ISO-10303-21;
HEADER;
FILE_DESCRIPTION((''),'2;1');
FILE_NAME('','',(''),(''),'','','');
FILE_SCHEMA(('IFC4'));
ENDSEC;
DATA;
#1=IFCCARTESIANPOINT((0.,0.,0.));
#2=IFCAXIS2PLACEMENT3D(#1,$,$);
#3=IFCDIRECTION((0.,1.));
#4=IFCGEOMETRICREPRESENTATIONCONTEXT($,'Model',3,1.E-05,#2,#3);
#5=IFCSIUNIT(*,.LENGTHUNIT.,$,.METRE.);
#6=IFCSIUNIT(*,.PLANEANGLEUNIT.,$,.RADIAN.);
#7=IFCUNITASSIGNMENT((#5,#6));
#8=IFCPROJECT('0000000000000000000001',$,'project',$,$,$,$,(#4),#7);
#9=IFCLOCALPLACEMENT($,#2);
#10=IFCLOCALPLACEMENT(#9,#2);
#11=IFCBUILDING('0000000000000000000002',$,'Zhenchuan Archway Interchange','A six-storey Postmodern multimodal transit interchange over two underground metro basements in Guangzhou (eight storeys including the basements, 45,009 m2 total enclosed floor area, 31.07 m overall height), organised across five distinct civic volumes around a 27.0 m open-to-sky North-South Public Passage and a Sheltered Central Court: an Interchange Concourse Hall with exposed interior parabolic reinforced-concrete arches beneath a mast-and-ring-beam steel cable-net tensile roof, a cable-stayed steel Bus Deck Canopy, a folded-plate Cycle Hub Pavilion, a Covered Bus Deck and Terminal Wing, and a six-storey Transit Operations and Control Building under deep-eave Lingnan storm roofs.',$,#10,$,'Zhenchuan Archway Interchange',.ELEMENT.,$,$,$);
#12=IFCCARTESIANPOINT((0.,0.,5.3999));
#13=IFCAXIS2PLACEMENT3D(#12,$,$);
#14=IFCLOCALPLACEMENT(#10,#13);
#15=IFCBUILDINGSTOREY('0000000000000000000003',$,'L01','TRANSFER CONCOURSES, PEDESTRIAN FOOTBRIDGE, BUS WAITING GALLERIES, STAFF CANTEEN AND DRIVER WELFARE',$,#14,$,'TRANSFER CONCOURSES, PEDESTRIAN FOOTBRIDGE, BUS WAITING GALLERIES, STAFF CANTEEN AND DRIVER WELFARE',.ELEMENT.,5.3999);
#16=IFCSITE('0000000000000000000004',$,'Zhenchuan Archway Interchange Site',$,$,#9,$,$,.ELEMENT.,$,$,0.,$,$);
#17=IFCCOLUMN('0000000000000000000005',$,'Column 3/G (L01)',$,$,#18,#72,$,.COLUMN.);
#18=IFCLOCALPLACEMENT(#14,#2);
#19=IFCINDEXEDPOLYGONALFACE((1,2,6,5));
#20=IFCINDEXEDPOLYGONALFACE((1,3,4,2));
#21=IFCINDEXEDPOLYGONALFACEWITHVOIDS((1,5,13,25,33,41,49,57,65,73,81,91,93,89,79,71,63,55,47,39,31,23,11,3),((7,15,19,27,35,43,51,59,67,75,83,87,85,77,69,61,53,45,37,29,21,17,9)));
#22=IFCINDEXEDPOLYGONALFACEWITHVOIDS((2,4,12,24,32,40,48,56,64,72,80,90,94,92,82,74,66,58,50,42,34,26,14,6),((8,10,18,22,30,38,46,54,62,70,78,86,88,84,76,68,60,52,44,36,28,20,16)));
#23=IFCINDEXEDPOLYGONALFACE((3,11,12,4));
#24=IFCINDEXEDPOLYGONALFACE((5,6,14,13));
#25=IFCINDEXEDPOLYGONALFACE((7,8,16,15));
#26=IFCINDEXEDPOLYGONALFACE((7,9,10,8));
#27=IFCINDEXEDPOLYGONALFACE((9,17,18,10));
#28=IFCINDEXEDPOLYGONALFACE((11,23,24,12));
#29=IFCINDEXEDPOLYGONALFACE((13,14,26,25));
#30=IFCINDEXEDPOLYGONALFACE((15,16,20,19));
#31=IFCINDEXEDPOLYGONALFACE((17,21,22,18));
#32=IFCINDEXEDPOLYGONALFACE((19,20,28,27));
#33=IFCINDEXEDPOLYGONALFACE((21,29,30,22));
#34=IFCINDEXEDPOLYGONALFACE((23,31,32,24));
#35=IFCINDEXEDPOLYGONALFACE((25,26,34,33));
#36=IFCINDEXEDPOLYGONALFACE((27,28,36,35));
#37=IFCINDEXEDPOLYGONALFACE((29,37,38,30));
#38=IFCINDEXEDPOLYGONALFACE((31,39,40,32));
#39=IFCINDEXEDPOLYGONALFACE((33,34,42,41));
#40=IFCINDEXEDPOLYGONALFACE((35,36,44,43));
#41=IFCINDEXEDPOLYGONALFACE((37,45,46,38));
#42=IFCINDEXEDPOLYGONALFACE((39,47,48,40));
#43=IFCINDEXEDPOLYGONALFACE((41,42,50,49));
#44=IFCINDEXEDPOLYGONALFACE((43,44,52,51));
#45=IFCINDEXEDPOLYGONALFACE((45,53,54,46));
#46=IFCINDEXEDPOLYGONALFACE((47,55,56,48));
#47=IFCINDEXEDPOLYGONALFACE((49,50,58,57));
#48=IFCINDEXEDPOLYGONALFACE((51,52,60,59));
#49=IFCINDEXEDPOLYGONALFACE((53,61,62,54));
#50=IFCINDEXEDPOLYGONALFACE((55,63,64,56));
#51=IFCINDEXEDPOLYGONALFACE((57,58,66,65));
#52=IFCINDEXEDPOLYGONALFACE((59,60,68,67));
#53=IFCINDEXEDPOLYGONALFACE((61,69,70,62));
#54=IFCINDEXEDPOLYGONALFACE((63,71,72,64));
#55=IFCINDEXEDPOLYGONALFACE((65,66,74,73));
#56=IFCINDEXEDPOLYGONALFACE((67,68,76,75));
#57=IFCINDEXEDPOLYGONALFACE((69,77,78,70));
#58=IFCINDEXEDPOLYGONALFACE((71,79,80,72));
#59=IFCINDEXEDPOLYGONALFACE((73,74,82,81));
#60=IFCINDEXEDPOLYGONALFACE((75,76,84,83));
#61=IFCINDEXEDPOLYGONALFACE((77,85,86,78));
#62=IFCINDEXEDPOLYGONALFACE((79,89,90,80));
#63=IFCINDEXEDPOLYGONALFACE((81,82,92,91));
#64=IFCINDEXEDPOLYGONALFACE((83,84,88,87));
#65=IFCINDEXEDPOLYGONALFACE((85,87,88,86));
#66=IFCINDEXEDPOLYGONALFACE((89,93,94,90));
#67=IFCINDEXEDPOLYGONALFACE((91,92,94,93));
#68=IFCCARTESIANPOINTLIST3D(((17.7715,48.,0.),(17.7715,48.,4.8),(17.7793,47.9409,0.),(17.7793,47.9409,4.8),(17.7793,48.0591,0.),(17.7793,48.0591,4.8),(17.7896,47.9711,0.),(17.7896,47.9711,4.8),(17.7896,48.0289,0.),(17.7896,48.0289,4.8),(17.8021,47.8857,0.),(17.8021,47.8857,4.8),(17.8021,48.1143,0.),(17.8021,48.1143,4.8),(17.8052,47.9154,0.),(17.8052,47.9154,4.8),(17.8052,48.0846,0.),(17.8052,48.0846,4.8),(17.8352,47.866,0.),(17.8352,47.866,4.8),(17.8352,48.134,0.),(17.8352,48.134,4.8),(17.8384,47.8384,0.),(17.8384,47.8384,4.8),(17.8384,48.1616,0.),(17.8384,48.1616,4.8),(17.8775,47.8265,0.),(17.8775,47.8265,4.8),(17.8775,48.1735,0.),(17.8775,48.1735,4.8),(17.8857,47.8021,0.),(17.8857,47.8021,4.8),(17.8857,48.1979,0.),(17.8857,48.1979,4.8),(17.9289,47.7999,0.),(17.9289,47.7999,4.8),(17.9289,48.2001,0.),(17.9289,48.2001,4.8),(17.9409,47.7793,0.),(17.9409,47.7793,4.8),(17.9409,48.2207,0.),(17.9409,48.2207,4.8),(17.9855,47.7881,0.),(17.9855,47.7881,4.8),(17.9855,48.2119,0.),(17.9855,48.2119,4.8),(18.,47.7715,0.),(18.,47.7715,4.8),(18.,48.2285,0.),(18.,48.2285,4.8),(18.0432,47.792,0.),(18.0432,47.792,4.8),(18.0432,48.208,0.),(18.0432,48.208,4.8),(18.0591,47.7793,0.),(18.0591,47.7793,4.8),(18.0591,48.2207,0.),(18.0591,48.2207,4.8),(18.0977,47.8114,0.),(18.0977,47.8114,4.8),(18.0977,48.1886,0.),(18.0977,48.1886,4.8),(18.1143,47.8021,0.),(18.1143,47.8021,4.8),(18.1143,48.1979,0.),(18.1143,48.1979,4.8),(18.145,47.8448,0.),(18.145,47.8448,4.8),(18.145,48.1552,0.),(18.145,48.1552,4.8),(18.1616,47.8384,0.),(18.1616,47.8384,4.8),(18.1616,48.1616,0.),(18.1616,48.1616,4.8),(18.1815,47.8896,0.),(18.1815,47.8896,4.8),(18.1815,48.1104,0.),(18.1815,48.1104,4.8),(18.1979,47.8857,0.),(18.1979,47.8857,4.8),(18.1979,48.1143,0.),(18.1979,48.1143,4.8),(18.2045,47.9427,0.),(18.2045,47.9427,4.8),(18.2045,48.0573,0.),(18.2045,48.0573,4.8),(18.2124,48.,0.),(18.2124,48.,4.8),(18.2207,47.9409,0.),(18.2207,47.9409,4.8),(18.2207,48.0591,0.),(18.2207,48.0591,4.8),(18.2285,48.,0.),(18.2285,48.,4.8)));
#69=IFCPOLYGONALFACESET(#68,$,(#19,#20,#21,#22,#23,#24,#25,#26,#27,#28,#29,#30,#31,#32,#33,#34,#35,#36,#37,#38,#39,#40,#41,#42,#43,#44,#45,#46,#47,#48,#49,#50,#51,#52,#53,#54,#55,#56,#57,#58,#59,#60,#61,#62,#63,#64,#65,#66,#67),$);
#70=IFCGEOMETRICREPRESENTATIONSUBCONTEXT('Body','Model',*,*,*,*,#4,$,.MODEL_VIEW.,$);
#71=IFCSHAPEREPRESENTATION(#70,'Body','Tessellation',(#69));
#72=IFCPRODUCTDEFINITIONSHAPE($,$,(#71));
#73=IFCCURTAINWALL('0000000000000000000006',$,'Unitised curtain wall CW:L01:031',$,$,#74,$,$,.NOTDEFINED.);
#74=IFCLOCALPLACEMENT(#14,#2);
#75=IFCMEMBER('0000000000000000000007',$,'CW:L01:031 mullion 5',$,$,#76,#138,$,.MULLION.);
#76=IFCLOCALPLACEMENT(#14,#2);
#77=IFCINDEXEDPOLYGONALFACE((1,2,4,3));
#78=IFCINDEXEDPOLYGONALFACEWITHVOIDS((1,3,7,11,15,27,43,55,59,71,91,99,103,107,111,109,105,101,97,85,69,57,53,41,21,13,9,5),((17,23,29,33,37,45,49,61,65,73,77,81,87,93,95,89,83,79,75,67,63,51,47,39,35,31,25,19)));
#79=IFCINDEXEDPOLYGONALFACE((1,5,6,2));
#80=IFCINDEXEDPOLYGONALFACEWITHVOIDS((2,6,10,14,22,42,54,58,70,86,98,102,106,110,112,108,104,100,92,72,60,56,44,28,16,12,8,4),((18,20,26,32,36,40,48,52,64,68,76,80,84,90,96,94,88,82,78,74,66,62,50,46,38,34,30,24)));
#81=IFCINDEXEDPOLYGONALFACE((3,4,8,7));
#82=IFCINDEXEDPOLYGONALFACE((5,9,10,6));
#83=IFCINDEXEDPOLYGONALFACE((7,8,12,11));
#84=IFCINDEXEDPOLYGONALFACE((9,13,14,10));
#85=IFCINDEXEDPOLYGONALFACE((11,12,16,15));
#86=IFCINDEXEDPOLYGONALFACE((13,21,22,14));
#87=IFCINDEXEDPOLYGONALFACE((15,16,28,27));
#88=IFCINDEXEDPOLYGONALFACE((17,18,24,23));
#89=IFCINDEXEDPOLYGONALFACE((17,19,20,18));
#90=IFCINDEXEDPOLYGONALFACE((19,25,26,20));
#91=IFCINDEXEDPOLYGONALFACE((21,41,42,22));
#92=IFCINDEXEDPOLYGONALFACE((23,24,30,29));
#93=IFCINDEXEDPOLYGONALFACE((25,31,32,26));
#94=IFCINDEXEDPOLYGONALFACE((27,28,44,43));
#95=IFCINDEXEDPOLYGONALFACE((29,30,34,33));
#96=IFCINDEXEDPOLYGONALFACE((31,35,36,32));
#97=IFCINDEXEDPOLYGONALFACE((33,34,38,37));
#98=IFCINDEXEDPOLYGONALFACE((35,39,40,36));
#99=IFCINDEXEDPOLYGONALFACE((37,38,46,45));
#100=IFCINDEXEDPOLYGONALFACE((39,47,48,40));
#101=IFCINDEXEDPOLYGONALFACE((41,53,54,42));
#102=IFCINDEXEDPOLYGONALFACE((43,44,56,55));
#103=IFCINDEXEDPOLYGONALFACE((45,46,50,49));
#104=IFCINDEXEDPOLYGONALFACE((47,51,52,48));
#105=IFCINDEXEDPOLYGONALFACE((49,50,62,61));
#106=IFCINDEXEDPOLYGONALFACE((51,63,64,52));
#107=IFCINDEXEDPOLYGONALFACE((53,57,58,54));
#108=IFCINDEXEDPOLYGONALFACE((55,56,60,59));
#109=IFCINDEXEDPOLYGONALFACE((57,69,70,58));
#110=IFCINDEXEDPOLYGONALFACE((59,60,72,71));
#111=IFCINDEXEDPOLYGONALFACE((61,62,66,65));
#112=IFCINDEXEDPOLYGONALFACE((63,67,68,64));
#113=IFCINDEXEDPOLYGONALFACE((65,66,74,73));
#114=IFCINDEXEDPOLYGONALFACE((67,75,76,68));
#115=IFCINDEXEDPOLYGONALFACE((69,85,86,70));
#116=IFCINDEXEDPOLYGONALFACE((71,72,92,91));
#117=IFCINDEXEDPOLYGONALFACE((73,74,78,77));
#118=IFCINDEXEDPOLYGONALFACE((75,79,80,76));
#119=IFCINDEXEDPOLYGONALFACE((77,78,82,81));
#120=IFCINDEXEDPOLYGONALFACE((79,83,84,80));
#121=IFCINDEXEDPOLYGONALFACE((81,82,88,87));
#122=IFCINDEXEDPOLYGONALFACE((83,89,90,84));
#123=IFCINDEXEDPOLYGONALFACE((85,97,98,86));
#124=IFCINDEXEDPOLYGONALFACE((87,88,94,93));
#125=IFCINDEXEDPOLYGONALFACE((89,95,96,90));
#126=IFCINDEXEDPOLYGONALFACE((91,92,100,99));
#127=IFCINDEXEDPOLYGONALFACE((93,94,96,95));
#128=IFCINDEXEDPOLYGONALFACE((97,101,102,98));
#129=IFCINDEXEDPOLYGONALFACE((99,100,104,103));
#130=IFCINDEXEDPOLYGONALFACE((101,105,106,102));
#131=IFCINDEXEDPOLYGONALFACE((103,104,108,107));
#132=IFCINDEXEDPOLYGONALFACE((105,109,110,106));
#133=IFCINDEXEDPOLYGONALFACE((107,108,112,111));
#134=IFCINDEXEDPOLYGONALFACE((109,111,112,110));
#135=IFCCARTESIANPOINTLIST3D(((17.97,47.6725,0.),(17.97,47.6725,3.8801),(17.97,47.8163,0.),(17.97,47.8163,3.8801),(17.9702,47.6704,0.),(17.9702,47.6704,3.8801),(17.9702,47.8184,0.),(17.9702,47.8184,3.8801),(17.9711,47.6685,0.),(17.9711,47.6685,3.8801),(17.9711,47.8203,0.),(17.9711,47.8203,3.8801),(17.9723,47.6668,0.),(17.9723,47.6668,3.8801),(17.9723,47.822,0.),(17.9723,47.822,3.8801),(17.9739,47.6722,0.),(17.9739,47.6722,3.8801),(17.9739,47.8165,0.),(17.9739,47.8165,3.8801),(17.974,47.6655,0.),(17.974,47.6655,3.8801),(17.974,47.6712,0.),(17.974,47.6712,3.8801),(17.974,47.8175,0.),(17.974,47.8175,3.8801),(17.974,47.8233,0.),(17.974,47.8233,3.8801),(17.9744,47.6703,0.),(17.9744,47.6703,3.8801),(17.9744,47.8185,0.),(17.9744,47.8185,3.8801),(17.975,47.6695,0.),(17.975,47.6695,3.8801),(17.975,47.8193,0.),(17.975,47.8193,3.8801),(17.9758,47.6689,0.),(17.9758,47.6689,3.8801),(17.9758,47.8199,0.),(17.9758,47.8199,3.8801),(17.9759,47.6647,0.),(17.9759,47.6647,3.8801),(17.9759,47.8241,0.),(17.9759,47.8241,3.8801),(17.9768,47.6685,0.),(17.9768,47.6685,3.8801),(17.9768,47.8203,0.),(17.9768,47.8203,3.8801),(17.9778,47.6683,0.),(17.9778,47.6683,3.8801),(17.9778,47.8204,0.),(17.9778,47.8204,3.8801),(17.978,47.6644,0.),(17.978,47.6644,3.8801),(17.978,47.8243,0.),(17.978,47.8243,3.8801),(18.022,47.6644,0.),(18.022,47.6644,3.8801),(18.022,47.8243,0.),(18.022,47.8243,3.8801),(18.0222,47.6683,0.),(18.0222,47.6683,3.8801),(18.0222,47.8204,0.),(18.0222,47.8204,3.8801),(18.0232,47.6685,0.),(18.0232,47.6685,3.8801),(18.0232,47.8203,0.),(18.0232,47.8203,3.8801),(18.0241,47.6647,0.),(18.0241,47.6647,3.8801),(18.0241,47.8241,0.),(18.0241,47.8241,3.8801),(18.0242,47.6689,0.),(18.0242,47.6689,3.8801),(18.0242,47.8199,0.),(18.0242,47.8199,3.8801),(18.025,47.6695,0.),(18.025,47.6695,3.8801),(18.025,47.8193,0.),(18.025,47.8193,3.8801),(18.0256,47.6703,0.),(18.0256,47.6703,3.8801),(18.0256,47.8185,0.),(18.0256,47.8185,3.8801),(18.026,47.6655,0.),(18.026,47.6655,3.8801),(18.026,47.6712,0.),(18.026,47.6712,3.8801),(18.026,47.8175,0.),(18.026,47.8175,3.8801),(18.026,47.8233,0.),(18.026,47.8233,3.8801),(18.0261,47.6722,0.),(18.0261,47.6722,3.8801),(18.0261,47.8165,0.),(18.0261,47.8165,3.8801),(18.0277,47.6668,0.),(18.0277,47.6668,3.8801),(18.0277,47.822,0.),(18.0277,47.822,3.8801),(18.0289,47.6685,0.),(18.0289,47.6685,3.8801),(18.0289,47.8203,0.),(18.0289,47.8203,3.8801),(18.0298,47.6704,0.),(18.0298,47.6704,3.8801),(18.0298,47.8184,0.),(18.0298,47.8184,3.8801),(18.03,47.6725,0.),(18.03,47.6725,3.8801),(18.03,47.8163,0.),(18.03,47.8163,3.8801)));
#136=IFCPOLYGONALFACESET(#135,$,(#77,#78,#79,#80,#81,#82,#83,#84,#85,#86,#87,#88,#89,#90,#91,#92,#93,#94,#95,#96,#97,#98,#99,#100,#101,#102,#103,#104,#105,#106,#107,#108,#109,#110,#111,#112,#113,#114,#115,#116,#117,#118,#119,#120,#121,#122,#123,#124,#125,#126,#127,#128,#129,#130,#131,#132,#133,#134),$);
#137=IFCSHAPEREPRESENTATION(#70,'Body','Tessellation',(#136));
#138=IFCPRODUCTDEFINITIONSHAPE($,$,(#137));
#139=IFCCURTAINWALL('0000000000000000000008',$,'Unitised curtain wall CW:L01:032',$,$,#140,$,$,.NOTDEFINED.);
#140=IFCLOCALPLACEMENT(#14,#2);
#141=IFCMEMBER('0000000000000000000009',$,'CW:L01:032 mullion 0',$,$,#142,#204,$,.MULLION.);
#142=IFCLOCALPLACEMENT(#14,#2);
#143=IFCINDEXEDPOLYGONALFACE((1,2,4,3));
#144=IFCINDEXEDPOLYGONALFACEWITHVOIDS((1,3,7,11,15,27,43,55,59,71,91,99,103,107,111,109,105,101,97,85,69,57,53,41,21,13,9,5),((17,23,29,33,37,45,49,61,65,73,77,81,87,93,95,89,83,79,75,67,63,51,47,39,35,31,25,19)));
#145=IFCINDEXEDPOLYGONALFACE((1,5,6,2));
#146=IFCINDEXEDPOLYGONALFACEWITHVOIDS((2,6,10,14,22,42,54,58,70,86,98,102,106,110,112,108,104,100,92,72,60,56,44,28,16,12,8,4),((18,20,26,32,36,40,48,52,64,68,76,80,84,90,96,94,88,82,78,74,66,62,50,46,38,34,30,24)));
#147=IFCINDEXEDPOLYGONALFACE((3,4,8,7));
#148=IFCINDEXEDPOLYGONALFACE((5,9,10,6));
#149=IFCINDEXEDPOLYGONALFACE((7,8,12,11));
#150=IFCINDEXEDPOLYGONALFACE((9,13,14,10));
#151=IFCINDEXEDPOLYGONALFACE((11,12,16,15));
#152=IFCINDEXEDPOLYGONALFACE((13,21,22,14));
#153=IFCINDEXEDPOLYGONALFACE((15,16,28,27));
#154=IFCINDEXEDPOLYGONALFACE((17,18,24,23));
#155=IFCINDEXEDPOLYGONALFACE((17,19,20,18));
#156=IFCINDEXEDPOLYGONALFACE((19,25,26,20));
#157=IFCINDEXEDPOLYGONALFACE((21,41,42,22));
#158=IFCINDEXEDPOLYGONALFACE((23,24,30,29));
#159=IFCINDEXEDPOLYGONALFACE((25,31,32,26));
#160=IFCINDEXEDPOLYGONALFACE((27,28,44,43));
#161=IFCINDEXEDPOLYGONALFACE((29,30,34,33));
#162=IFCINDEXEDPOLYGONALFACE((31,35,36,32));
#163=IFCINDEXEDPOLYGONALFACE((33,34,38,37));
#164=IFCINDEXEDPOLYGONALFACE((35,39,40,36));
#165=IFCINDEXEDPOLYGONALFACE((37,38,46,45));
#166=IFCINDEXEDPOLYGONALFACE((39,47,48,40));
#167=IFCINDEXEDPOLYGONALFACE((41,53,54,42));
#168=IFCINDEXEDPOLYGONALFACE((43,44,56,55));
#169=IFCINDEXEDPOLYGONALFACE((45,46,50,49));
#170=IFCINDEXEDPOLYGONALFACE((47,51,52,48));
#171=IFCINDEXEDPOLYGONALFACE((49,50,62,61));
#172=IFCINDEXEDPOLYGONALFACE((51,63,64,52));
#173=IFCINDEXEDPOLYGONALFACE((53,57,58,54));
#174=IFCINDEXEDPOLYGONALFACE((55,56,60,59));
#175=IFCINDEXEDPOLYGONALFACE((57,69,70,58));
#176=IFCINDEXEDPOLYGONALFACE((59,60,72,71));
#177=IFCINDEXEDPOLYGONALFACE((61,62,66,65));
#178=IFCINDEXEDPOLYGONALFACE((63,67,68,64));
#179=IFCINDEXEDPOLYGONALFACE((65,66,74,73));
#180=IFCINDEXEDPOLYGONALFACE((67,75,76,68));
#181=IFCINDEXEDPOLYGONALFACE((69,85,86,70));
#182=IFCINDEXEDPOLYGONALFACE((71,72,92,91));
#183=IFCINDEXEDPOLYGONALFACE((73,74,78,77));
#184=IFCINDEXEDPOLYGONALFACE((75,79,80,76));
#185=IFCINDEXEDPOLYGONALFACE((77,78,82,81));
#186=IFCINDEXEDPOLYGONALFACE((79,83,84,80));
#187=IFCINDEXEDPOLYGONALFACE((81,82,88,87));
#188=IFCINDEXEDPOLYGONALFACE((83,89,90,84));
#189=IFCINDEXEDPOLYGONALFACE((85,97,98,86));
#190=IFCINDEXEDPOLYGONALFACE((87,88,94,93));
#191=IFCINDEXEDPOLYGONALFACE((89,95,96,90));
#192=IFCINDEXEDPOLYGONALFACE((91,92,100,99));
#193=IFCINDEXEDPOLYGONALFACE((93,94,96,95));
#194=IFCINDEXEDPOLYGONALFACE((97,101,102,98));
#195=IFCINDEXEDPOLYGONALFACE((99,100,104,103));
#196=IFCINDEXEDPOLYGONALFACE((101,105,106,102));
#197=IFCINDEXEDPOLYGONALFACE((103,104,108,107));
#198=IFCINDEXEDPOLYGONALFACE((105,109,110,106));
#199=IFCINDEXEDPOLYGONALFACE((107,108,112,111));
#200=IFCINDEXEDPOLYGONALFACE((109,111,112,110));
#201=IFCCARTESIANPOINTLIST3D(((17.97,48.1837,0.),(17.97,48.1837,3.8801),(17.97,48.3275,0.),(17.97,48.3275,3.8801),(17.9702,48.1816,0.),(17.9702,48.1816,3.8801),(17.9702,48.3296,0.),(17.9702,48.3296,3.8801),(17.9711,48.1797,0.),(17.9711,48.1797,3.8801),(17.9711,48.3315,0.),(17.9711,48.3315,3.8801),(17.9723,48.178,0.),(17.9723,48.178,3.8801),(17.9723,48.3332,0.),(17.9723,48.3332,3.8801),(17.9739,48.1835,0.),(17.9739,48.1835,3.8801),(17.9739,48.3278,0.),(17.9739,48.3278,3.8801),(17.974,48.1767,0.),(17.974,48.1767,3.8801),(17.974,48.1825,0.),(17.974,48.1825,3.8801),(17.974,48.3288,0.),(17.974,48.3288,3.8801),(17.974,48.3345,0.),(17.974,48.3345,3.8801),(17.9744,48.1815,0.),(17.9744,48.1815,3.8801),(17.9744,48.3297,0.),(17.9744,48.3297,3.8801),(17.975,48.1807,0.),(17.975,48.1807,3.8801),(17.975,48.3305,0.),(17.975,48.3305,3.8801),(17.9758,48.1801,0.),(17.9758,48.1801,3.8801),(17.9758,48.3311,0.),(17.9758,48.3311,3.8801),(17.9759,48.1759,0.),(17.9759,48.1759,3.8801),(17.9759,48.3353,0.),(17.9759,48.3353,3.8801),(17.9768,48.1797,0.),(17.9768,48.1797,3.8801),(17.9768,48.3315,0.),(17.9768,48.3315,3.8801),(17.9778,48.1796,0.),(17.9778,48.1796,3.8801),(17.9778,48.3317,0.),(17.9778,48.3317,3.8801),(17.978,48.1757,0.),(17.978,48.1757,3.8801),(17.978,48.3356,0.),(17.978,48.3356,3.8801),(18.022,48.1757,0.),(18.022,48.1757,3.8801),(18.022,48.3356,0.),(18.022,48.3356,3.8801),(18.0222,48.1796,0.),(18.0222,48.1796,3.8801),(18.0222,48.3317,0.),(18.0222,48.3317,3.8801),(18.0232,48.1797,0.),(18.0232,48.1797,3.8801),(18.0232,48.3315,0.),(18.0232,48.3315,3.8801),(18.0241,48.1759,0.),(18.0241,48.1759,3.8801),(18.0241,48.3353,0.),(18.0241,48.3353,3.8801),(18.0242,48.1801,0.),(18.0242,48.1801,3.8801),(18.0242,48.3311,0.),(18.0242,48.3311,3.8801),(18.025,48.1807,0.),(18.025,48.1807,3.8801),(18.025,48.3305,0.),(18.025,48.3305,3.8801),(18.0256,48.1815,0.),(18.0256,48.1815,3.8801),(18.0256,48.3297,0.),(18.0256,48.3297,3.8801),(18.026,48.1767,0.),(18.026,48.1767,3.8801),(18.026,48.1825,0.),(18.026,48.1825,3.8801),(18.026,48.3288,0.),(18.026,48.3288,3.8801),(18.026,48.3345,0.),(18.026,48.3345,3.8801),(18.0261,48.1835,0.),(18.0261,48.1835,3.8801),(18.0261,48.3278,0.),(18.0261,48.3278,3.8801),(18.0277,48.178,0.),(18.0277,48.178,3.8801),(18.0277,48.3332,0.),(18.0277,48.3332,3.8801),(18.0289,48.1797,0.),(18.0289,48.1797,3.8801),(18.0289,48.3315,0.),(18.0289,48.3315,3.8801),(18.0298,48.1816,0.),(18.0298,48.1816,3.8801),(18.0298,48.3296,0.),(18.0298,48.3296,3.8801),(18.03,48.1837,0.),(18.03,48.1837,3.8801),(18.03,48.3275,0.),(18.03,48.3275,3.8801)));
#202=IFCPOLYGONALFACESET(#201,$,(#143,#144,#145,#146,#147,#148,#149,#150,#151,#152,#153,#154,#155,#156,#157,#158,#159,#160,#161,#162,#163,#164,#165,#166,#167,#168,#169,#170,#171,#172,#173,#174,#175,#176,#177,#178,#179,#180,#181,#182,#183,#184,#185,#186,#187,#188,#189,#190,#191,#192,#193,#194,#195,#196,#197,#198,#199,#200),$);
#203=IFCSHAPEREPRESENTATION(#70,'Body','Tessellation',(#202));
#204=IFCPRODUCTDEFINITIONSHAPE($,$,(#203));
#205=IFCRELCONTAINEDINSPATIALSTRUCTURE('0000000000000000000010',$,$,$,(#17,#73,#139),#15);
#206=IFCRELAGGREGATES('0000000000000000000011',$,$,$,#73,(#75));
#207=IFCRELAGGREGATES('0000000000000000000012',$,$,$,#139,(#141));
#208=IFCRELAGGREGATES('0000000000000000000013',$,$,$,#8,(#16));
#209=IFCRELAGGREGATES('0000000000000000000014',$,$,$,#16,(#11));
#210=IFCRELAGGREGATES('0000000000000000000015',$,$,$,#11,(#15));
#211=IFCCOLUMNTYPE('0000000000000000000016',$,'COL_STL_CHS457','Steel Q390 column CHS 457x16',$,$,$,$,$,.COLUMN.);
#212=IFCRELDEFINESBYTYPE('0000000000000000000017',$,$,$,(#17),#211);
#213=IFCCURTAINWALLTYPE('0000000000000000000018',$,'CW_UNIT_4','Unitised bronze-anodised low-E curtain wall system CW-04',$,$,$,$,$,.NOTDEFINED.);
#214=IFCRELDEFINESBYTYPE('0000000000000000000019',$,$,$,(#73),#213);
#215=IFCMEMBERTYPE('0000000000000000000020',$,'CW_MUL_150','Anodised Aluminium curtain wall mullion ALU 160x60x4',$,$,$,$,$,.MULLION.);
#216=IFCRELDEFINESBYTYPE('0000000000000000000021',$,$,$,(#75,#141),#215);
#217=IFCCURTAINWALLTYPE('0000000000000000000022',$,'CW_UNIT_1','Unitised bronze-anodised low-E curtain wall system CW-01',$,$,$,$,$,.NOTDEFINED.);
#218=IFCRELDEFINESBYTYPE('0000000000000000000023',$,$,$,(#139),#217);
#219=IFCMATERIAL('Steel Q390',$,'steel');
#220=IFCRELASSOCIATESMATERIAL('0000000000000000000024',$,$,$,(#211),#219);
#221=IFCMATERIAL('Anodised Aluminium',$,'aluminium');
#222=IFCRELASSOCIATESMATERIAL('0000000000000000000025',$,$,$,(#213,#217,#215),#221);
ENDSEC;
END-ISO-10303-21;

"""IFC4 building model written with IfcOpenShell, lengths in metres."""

from ifc_helpers import new_model, si_unit, direction, frame, origin, origin_2d, place, context, subcontext, project, spatial, hollow_rectangle, hollow_circle, extrude, material, material_profile, profile_set, type_object, element, aggregate, save


model = new_model("IFC4")

# Units and contexts
model_context = context("Model", 3, precision=1e-05, world=origin(), true_north=direction((0.0, 1.0)))
body_context = subcontext(model_context, "Body", "Model", "MODEL_VIEW")
ifc_project = project(units=[si_unit("LENGTHUNIT", "METRE"), si_unit("PLANEANGLEUNIT", "RADIAN")], contexts=[model_context])

# Site, building, storey
site_placement = place(None, origin())
site = spatial("IfcSite", under=ifc_project, at=site_placement, Name="Zhenchuan Archway Interchange Site", CompositionType="ELEMENT", RefElevation=0.0)
building_placement = place(site_placement, origin())
building = spatial("IfcBuilding", under=site, at=building_placement, Name="Zhenchuan Archway Interchange", Description="A six-storey Postmodern multimodal transit interchange over two underground metro basements in Guangzhou (eight storeys including the basements, 45,009 m2 total enclosed floor area, 31.07 m overall height), organised across five distinct civic volumes around a 27.0 m open-to-sky North-South Public Passage and a Sheltered Central Court: an Interchange Concourse Hall with exposed interior parabolic reinforced-concrete arches beneath a mast-and-ring-beam steel cable-net tensile roof, a cable-stayed steel Bus Deck Canopy, a folded-plate Cycle Hub Pavilion, a Covered Bus Deck and Terminal Wing, and a six-storey Transit Operations and Control Building under deep-eave Lingnan storm roofs.", LongName="Zhenchuan Archway Interchange", CompositionType="ELEMENT")
storey_placement = place(building_placement, frame((0.0, 0.0, 5.3999)))
storey = spatial("IfcBuildingStorey", under=building, at=storey_placement, Name="L01", Description="TRANSFER CONCOURSES, PEDESTRIAN FOOTBRIDGE, BUS WAITING GALLERIES, STAFF CANTEEN AND DRIVER WELFARE", LongName="TRANSFER CONCOURSES, PEDESTRIAN FOOTBRIDGE, BUS WAITING GALLERIES, STAFF CANTEEN AND DRIVER WELFARE", CompositionType="ELEMENT", Elevation=5.3999)

# Column
ifc_material_1 = material(Name="Steel Q390", Category="steel")
ifc_material_profile_1 = material_profile(ifc_material_1, hollow_circle(Radius=0.2285, WallThickness=0.0161, at=origin_2d()), Name="CHS 457x16")
ifc_profile_set_1 = profile_set([ifc_material_profile_1], Name="Steel Q390")
column_type = type_object("IfcColumnType", Name="COL_STL_CHS457", Description="Steel Q390 column CHS 457x16", PredefinedType="COLUMN", material=ifc_profile_set_1)
column_placement = place(storey_placement, frame((18.0, 48.0, 0.0), z_axis=(0.0, 0.0, 1.0), x_axis=(1.0, 0.0, 0.0)))
element("IfcColumn", 1, at=column_placement, inside=storey, type_object=column_type, Name="Column 3/G (L01)", PredefinedType="COLUMN", context=body_context, shape_type="SweptSolid", body=[
    extrude(hollow_circle(Radius=0.2285, WallThickness=0.0161, at=origin_2d()), origin(), (0.0, 0.0, 1.0), 4.8),
])

# Curtain wall, member
ifc_material_2 = material(Name="Anodised Aluminium", Category="aluminium")
curtain_wall_type_1 = type_object("IfcCurtainWallType", Name="CW_UNIT_4", Description="Unitised bronze-anodised low-E curtain wall system CW-04", PredefinedType="NOTDEFINED", material=ifc_material_2)
curtain_wall_1_placement = place(storey_placement, origin())
curtain_wall_1 = element("IfcCurtainWall", 2, at=curtain_wall_1_placement, inside=storey, type_object=curtain_wall_type_1, Name="Unitised curtain wall CW:L01:031", PredefinedType="NOTDEFINED")
ifc_material_profile_2 = material_profile(ifc_material_2, hollow_rectangle(XDim=0.0601, YDim=0.1599, WallThickness=0.0039, InnerFilletRadius=0.0039, OuterFilletRadius=0.0081, at=origin_2d()), Name="ALU 160x60x4")
ifc_profile_set_2 = profile_set([ifc_material_profile_2], Name="Anodised Aluminium")
member_type_1 = type_object("IfcMemberType", Name="CW_MUL_150", Description="Anodised Aluminium curtain wall mullion ALU 160x60x4", PredefinedType="MULLION", material=ifc_profile_set_2)
member_1_placement = place(storey_placement, frame((18.0, 47.7444, 0.0), z_axis=(0.0, 0.0, 1.0), x_axis=(1.0, 0.0, 0.0)))
member_1 = element("IfcMember", 3, at=member_1_placement, type_object=member_type_1, Name="CW:L01:031 mullion 5", PredefinedType="MULLION", context=body_context, shape_type="SweptSolid", body=[
    extrude(hollow_rectangle(XDim=0.0601, YDim=0.1599, WallThickness=0.0039, InnerFilletRadius=0.0039, OuterFilletRadius=0.0081, at=origin_2d()), origin(), (0.0, 0.0, 1.0), 3.8801),
])

# Curtain wall, member
curtain_wall_type_2 = type_object("IfcCurtainWallType", Name="CW_UNIT_1", Description="Unitised bronze-anodised low-E curtain wall system CW-01", PredefinedType="NOTDEFINED", material=ifc_material_2)
curtain_wall_2_placement = place(storey_placement, origin())
curtain_wall_2 = element("IfcCurtainWall", 4, at=curtain_wall_2_placement, inside=storey, type_object=curtain_wall_type_2, Name="Unitised curtain wall CW:L01:032", PredefinedType="NOTDEFINED")
member_2_placement = place(storey_placement, frame((18.0, 48.2556, 0.0), z_axis=(0.0, 0.0, 1.0), x_axis=(1.0, 0.0, 0.0)))
member_2 = element("IfcMember", 5, at=member_2_placement, type_object=member_type_1, Name="CW:L01:032 mullion 0", PredefinedType="MULLION", context=body_context, shape_type="SweptSolid", body=[
    extrude(hollow_rectangle(XDim=0.0601, YDim=0.1599, WallThickness=0.0039, InnerFilletRadius=0.0039, OuterFilletRadius=0.0081, at=origin_2d()), origin(), (0.0, 0.0, 1.0), 3.8801),
])

aggregate(curtain_wall_1, [member_1])
aggregate(curtain_wall_2, [member_2])

save(model, "model.ifc")
